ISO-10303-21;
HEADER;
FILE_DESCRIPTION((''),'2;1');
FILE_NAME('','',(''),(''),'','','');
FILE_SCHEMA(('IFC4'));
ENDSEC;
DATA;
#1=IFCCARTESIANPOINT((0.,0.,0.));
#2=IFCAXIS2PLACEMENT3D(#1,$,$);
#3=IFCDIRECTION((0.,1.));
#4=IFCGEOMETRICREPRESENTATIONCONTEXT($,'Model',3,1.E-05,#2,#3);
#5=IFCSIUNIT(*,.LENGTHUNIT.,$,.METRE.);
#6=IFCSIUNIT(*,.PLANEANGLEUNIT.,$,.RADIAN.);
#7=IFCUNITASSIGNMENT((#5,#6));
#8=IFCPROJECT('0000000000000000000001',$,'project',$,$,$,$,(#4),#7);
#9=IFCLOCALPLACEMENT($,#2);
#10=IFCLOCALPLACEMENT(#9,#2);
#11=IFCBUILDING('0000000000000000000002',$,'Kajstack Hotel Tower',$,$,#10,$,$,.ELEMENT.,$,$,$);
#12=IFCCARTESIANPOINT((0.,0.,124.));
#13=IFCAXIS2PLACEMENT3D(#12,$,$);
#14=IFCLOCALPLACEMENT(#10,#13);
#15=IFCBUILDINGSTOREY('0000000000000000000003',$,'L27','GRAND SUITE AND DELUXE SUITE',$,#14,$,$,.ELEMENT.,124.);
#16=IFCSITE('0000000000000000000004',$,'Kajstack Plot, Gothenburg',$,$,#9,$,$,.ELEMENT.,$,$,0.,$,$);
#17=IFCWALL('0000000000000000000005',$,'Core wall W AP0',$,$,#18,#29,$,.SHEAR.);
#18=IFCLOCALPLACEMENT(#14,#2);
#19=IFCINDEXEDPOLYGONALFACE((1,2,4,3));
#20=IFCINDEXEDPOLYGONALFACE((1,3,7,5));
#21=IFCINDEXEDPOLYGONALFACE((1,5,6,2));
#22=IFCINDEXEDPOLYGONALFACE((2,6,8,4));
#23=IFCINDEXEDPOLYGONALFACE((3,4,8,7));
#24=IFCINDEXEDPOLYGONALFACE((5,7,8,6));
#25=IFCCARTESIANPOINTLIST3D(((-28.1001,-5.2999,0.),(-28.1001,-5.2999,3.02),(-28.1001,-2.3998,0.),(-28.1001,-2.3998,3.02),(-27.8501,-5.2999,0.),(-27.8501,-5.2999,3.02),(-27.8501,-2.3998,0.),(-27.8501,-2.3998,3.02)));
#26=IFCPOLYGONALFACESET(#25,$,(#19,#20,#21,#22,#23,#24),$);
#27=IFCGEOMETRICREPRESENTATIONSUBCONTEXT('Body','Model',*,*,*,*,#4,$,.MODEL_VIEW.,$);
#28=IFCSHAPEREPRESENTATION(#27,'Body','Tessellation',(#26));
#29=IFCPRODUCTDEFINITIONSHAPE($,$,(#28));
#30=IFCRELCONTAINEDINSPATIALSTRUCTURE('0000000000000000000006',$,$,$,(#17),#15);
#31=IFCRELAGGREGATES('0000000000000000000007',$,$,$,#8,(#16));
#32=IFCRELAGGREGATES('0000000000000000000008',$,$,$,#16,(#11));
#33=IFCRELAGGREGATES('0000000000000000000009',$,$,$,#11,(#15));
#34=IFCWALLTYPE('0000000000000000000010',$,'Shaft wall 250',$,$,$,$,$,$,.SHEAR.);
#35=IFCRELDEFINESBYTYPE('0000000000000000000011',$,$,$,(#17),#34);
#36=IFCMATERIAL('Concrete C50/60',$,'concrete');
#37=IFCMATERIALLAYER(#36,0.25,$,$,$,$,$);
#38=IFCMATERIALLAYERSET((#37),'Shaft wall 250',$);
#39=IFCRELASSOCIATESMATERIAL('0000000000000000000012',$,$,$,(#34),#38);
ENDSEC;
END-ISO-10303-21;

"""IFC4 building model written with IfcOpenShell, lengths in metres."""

from ifc_helpers import new_model, si_unit, direction, frame, frame_2d, origin, place, context, subcontext, project, spatial, rectangle, extrude, material, layer, layer_set, type_object, element, save


model = new_model("IFC4")

# Units and contexts
model_context = context("Model", 3, precision=1e-05, world=origin(), true_north=direction((0.0, 1.0)))
body_context = subcontext(model_context, "Body", "Model", "MODEL_VIEW")
ifc_project = project(units=[si_unit("LENGTHUNIT", "METRE"), si_unit("PLANEANGLEUNIT", "RADIAN")], contexts=[model_context])

# Site, building, storey
site_placement = place(None, origin())
site = spatial("IfcSite", under=ifc_project, at=site_placement, Name="Kajstack Plot, Gothenburg", CompositionType="ELEMENT", RefElevation=0.0)
building_placement = place(site_placement, origin())
building = spatial("IfcBuilding", under=site, at=building_placement, Name="Kajstack Hotel Tower", CompositionType="ELEMENT")
storey_placement = place(building_placement, frame((0.0, 0.0, 124.0)))
storey = spatial("IfcBuildingStorey", under=building, at=storey_placement, Name="L27", Description="GRAND SUITE AND DELUXE SUITE", CompositionType="ELEMENT", Elevation=124.0)

# Shared definitions
ifc_material_1 = material(Name="Concrete C50/60", Category="concrete")

# Wall
ifc_layer_1 = layer(ifc_material_1, 0.25)
ifc_layer_set_1 = layer_set([ifc_layer_1], Name="Shaft wall 250")
wall_type_1 = type_object("IfcWallType", Name="Shaft wall 250", PredefinedType="SHEAR", material=ifc_layer_set_1)
wall_1_placement = place(storey_placement, frame((-27.9751, -5.3, 0.0), z_axis=(0.0, 0.0, 1.0), x_axis=(0.0, 1.0, 0.0)))
element("IfcWall", 1, at=wall_1_placement, inside=storey, type_object=wall_type_1, Name="Core wall W AP0", PredefinedType="SHEAR", context=body_context, shape_type="SweptSolid", body=[
    extrude(rectangle(XDim=2.9001, YDim=0.25, at=frame_2d((1.4502, 0.0))), origin(), (0.0, 0.0, 1.0), 3.02),
])

save(model, "model.ifc")
